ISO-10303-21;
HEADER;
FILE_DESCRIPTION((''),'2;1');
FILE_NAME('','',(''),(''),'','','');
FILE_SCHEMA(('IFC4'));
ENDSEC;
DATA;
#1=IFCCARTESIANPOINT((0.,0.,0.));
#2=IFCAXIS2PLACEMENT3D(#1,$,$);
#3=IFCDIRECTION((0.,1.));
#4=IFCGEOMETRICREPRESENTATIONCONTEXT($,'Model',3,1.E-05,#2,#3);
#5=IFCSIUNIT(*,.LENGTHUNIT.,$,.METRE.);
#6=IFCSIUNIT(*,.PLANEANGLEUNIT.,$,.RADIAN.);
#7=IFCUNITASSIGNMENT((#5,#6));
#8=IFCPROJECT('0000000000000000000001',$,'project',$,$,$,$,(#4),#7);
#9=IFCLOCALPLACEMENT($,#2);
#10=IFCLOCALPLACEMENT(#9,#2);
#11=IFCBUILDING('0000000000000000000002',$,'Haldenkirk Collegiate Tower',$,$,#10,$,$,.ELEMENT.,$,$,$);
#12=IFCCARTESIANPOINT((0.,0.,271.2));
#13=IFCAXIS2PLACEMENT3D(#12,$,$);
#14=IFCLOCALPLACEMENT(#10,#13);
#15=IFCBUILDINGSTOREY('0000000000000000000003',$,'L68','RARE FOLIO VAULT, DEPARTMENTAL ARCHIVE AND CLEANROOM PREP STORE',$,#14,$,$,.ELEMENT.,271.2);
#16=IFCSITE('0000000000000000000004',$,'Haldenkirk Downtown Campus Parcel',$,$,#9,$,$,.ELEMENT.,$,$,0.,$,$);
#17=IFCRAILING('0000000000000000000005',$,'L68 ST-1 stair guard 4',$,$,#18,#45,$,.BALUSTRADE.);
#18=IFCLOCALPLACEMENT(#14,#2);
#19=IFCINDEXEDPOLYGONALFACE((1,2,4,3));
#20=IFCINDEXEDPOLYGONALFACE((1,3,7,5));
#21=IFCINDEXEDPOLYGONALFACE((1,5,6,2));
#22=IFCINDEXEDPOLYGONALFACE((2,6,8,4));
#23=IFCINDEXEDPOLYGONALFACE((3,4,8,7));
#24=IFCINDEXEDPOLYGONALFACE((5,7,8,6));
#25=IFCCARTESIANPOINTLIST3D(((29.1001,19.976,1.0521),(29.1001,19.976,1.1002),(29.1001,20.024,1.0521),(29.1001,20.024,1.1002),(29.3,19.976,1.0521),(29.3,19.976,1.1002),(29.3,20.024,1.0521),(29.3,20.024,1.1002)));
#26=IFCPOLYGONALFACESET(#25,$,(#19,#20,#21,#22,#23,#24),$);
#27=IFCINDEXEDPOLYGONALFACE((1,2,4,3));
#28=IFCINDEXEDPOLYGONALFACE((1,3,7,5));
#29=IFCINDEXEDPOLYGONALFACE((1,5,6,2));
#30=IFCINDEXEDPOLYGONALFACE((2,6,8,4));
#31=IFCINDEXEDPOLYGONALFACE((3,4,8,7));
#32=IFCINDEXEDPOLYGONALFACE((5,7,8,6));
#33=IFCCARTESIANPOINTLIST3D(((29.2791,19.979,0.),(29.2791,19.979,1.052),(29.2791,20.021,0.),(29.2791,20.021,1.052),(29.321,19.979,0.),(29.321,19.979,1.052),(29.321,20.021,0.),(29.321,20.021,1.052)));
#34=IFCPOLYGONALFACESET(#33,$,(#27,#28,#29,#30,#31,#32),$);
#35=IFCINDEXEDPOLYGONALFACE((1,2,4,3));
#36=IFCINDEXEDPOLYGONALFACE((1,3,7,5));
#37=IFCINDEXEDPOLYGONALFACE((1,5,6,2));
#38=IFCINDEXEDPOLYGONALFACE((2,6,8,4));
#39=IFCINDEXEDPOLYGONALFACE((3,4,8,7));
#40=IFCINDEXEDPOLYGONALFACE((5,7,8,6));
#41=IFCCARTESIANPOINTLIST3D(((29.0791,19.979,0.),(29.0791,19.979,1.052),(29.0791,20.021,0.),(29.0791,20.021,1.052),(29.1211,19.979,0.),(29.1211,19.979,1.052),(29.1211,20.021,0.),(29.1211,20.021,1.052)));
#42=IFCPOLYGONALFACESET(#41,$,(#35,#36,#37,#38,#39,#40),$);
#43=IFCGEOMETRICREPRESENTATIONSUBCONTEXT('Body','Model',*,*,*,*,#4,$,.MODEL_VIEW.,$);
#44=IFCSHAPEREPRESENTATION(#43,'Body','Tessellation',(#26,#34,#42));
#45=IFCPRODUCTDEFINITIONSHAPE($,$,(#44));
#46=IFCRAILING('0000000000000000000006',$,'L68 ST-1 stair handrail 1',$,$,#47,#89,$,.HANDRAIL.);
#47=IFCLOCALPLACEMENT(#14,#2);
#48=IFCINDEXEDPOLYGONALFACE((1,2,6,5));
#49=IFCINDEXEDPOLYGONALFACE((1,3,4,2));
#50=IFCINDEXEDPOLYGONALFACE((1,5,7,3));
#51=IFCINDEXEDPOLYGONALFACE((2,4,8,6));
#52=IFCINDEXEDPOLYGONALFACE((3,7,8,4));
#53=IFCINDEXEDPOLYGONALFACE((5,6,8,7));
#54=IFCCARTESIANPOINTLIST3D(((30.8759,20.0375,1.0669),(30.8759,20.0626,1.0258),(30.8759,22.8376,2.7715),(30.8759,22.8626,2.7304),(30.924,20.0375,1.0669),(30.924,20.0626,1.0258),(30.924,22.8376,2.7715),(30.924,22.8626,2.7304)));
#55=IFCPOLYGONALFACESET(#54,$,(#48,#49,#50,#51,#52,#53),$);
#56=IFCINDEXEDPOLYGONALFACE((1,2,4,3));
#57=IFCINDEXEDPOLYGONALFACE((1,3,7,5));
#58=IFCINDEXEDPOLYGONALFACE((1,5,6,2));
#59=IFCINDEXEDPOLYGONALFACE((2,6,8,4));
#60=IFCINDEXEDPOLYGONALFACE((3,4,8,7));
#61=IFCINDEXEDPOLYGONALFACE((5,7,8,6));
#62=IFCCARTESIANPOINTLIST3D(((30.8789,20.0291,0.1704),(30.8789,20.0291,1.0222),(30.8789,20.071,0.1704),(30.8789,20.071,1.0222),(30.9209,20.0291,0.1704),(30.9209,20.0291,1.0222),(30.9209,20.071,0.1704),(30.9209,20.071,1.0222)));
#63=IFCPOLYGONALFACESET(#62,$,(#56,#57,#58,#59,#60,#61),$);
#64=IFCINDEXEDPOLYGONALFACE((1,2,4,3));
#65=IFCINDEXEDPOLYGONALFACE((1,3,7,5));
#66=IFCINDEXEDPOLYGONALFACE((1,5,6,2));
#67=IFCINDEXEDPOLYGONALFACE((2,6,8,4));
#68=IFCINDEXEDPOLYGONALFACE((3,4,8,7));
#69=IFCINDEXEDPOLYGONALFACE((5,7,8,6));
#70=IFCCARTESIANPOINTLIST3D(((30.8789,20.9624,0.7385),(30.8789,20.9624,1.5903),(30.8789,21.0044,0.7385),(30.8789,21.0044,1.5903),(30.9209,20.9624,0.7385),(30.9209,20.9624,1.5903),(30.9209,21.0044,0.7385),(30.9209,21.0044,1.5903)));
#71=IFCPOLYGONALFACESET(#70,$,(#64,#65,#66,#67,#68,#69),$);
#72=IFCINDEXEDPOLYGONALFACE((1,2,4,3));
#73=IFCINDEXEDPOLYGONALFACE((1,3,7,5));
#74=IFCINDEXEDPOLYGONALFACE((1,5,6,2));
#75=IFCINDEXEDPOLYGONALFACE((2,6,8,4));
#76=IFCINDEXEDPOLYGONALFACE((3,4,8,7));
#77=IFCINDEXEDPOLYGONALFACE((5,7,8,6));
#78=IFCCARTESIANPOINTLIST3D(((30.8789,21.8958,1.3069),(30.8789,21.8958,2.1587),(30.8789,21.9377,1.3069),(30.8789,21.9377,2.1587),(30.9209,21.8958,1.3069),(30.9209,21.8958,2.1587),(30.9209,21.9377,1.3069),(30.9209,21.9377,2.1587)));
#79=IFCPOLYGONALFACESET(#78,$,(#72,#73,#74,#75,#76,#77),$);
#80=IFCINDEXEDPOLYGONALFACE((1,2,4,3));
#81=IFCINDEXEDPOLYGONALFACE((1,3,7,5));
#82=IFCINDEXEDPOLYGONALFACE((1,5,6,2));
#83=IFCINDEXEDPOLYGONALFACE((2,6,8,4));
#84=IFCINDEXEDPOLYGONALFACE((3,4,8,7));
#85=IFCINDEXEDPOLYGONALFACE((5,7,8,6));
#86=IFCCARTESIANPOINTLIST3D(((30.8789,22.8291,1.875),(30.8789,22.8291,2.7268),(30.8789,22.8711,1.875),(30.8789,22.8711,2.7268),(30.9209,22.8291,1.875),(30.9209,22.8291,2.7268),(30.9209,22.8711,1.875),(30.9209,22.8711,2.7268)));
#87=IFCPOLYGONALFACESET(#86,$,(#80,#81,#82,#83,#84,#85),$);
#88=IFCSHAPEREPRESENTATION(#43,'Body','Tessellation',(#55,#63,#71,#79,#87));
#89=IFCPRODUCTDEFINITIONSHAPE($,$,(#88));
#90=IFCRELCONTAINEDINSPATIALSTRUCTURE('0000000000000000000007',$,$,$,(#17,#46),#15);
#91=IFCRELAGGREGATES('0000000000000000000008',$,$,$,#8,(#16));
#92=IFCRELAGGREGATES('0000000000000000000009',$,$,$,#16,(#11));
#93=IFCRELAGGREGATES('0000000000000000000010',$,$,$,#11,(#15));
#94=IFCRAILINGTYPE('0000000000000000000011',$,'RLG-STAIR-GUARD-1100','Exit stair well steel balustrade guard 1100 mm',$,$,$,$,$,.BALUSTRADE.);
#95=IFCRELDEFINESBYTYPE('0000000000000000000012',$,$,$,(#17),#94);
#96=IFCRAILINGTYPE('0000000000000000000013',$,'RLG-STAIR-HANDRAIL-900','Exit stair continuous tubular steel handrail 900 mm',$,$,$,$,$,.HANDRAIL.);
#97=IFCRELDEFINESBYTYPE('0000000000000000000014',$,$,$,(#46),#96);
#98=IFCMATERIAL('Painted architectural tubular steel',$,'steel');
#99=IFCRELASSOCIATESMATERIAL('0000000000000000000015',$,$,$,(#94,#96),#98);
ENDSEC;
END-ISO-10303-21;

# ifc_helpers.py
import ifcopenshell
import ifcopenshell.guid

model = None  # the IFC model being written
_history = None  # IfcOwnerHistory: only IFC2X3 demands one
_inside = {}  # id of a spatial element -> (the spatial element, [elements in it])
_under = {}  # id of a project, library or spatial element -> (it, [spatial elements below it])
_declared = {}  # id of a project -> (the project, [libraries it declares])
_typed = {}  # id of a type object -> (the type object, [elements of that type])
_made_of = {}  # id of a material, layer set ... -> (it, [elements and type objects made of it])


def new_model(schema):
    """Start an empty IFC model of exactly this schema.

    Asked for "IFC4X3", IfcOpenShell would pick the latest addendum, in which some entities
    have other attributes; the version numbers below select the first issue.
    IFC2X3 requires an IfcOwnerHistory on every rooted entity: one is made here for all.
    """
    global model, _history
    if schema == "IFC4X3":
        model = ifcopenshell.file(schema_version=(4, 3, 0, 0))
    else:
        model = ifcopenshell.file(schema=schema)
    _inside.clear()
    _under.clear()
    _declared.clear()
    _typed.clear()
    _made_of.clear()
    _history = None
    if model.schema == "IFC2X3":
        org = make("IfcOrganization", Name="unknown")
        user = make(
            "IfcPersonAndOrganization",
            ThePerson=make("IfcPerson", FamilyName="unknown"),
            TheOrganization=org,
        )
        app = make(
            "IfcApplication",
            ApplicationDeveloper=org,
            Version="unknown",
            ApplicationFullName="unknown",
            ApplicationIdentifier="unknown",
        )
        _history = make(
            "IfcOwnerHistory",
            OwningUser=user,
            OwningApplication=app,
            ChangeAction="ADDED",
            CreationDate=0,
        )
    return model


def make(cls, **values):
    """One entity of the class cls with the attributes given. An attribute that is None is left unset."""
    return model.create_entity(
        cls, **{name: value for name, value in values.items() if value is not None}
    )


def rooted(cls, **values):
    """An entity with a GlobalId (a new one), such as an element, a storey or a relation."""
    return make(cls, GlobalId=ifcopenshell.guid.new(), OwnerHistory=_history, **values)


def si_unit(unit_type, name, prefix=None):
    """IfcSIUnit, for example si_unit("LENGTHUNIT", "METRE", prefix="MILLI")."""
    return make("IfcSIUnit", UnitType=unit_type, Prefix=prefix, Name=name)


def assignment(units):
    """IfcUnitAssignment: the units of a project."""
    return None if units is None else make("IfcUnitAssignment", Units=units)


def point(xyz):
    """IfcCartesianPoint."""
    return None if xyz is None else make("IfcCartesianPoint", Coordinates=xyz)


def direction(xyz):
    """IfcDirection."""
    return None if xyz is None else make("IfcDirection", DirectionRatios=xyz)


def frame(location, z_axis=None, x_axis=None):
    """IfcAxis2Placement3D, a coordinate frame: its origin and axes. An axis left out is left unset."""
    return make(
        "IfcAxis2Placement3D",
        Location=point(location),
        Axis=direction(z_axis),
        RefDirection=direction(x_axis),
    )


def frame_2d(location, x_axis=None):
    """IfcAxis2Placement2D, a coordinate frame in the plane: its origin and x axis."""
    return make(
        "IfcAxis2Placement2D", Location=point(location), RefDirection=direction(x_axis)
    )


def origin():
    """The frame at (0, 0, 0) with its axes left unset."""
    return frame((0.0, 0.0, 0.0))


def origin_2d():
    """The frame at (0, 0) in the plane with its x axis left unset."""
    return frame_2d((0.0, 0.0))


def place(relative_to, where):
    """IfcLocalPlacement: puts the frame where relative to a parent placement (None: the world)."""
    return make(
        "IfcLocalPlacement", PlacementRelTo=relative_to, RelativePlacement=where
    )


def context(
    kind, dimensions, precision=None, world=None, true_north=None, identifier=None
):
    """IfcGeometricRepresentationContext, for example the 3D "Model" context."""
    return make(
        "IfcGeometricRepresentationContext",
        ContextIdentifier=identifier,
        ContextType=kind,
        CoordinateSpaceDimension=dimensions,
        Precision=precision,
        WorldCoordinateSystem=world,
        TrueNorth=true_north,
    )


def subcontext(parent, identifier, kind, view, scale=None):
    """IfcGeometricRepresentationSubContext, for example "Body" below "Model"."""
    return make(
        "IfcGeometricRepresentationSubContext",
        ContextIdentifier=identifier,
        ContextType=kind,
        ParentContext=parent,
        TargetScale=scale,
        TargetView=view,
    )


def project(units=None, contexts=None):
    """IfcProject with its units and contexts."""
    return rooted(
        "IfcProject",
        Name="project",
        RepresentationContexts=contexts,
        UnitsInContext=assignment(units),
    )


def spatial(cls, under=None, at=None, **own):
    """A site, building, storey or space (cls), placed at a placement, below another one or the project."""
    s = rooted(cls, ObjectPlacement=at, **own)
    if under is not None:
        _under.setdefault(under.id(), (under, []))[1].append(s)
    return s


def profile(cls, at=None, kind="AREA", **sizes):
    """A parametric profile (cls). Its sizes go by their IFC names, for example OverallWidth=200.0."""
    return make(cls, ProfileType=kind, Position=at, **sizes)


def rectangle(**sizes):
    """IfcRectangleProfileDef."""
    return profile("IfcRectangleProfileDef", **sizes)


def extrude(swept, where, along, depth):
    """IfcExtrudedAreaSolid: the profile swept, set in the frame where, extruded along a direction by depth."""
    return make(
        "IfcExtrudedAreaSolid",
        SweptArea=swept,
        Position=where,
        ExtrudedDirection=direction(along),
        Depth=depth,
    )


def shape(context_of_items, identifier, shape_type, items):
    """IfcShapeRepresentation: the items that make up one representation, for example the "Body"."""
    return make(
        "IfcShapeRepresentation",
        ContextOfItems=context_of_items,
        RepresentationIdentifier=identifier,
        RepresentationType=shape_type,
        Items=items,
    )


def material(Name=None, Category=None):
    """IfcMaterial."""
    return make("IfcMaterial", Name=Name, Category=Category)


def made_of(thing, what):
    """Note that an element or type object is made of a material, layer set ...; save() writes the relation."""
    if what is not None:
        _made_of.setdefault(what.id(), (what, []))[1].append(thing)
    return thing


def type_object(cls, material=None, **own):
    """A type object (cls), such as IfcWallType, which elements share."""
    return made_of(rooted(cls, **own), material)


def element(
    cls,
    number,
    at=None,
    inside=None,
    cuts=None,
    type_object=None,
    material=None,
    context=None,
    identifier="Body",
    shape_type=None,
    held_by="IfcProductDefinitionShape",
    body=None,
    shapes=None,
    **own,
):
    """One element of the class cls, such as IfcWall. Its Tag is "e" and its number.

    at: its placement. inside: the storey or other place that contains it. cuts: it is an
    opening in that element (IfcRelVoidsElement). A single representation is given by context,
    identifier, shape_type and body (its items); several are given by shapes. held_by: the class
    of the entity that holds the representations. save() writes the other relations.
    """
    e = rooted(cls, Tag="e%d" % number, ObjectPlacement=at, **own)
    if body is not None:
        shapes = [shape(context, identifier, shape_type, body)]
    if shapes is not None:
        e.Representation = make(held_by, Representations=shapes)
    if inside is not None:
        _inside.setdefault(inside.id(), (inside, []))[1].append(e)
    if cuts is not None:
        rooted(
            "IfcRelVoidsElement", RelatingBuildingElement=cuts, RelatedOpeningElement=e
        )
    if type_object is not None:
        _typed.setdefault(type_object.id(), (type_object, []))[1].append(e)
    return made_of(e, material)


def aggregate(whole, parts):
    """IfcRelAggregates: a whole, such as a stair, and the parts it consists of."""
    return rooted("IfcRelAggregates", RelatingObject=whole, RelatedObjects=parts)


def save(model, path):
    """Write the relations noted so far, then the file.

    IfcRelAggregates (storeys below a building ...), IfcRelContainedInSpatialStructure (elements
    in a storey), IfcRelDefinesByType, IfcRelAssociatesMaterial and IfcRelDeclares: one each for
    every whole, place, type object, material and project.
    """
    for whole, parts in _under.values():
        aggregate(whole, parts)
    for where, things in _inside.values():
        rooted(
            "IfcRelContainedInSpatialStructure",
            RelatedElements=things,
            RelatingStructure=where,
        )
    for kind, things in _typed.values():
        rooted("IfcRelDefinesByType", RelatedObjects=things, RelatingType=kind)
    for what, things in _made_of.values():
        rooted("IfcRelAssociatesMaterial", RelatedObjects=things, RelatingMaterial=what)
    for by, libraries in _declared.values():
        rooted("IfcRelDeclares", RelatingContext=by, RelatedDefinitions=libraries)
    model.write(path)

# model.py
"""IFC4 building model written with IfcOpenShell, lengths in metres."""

from ifc_helpers import new_model, si_unit, direction, frame, origin, origin_2d, place, context, subcontext, project, spatial, rectangle, extrude, material, type_object, element, save


model = new_model("IFC4")

# Units and contexts
model_context = context("Model", 3, precision=1e-05, world=origin(), true_north=direction((0.0, 1.0)))
body_context = subcontext(model_context, "Body", "Model", "MODEL_VIEW")
ifc_project = project(units=[si_unit("LENGTHUNIT", "METRE"), si_unit("PLANEANGLEUNIT", "RADIAN")], contexts=[model_context])

# Site, building, storey
site_placement = place(None, origin())
site = spatial("IfcSite", under=ifc_project, at=site_placement, Name="Haldenkirk Downtown Campus Parcel", CompositionType="ELEMENT", RefElevation=0.0)
building_placement = place(site_placement, origin())
building = spatial("IfcBuilding", under=site, at=building_placement, Name="Haldenkirk Collegiate Tower", CompositionType="ELEMENT")
storey_placement = place(building_placement, frame((0.0, 0.0, 271.2)))
storey = spatial("IfcBuildingStorey", under=building, at=storey_placement, Name="L68", Description="RARE FOLIO VAULT, DEPARTMENTAL ARCHIVE AND CLEANROOM PREP STORE", CompositionType="ELEMENT", Elevation=271.2)

# Railings
ifc_material_1 = material(Name="Painted architectural tubular steel", Category="steel")
railing_type_1 = type_object("IfcRailingType", Name="RLG-STAIR-GUARD-1100", Description="Exit stair well steel balustrade guard 1100 mm", PredefinedType="BALUSTRADE", material=ifc_material_1)
railing_1_placement = place(storey_placement, frame((29.3, 20.0, 0.0)))
element("IfcRailing", 1, at=railing_1_placement, inside=storey, type_object=railing_type_1, Name="L68 ST-1 stair guard 4", PredefinedType="BALUSTRADE", context=body_context, shape_type="SweptSolid", body=[
    extrude(rectangle(XDim=0.0481, YDim=0.0481, at=origin_2d()), frame((0.0, 0.0, 1.0762), z_axis=(-1.0, 0.0, 0.0), x_axis=(0.0, -1.0, 0.0)), (0.0, 0.0, 1.0), 0.2),
    extrude(rectangle(XDim=0.042, YDim=0.042, at=origin_2d()), origin(), (0.0, 0.0, 1.0), 1.052),
    extrude(rectangle(XDim=0.042, YDim=0.042, at=origin_2d()), frame((-0.2, 0.0, 0.0)), (0.0, 0.0, 1.0), 1.052),
])
railing_type_2 = type_object("IfcRailingType", Name="RLG-STAIR-HANDRAIL-900", Description="Exit stair continuous tubular steel handrail 900 mm", PredefinedType="HANDRAIL", material=ifc_material_1)
railing_2_placement = place(storey_placement, frame((30.8999, 20.05, 0.1704)))
element("IfcRailing", 2, at=railing_2_placement, inside=storey, type_object=railing_type_2, Name="L68 ST-1 stair handrail 1", PredefinedType="HANDRAIL", context=body_context, shape_type="SweptSolid", body=[
    extrude(rectangle(XDim=0.0481, YDim=0.0481, at=origin_2d()), frame((0.0, 0.0, 0.876), z_axis=(0.0, 0.85417, 0.519994), x_axis=(-1.0, 0.0, 0.0)), (0.0, 0.0, 1.0), 3.2781),
    extrude(rectangle(XDim=0.042, YDim=0.042, at=origin_2d()), origin(), (0.0, 0.0, 1.0), 0.8518),
    extrude(rectangle(XDim=0.042, YDim=0.042, at=origin_2d()), frame((0.0, 0.9333, 0.5681)), (0.0, 0.0, 1.0), 0.8518),
    extrude(rectangle(XDim=0.042, YDim=0.042, at=origin_2d()), frame((0.0, 1.8667, 1.1365)), (0.0, 0.0, 1.0), 0.8518),
    extrude(rectangle(XDim=0.042, YDim=0.042, at=origin_2d()), frame((0.0, 2.8, 1.7046)), (0.0, 0.0, 1.0), 0.8518),
])

save(model, "model.ifc")
